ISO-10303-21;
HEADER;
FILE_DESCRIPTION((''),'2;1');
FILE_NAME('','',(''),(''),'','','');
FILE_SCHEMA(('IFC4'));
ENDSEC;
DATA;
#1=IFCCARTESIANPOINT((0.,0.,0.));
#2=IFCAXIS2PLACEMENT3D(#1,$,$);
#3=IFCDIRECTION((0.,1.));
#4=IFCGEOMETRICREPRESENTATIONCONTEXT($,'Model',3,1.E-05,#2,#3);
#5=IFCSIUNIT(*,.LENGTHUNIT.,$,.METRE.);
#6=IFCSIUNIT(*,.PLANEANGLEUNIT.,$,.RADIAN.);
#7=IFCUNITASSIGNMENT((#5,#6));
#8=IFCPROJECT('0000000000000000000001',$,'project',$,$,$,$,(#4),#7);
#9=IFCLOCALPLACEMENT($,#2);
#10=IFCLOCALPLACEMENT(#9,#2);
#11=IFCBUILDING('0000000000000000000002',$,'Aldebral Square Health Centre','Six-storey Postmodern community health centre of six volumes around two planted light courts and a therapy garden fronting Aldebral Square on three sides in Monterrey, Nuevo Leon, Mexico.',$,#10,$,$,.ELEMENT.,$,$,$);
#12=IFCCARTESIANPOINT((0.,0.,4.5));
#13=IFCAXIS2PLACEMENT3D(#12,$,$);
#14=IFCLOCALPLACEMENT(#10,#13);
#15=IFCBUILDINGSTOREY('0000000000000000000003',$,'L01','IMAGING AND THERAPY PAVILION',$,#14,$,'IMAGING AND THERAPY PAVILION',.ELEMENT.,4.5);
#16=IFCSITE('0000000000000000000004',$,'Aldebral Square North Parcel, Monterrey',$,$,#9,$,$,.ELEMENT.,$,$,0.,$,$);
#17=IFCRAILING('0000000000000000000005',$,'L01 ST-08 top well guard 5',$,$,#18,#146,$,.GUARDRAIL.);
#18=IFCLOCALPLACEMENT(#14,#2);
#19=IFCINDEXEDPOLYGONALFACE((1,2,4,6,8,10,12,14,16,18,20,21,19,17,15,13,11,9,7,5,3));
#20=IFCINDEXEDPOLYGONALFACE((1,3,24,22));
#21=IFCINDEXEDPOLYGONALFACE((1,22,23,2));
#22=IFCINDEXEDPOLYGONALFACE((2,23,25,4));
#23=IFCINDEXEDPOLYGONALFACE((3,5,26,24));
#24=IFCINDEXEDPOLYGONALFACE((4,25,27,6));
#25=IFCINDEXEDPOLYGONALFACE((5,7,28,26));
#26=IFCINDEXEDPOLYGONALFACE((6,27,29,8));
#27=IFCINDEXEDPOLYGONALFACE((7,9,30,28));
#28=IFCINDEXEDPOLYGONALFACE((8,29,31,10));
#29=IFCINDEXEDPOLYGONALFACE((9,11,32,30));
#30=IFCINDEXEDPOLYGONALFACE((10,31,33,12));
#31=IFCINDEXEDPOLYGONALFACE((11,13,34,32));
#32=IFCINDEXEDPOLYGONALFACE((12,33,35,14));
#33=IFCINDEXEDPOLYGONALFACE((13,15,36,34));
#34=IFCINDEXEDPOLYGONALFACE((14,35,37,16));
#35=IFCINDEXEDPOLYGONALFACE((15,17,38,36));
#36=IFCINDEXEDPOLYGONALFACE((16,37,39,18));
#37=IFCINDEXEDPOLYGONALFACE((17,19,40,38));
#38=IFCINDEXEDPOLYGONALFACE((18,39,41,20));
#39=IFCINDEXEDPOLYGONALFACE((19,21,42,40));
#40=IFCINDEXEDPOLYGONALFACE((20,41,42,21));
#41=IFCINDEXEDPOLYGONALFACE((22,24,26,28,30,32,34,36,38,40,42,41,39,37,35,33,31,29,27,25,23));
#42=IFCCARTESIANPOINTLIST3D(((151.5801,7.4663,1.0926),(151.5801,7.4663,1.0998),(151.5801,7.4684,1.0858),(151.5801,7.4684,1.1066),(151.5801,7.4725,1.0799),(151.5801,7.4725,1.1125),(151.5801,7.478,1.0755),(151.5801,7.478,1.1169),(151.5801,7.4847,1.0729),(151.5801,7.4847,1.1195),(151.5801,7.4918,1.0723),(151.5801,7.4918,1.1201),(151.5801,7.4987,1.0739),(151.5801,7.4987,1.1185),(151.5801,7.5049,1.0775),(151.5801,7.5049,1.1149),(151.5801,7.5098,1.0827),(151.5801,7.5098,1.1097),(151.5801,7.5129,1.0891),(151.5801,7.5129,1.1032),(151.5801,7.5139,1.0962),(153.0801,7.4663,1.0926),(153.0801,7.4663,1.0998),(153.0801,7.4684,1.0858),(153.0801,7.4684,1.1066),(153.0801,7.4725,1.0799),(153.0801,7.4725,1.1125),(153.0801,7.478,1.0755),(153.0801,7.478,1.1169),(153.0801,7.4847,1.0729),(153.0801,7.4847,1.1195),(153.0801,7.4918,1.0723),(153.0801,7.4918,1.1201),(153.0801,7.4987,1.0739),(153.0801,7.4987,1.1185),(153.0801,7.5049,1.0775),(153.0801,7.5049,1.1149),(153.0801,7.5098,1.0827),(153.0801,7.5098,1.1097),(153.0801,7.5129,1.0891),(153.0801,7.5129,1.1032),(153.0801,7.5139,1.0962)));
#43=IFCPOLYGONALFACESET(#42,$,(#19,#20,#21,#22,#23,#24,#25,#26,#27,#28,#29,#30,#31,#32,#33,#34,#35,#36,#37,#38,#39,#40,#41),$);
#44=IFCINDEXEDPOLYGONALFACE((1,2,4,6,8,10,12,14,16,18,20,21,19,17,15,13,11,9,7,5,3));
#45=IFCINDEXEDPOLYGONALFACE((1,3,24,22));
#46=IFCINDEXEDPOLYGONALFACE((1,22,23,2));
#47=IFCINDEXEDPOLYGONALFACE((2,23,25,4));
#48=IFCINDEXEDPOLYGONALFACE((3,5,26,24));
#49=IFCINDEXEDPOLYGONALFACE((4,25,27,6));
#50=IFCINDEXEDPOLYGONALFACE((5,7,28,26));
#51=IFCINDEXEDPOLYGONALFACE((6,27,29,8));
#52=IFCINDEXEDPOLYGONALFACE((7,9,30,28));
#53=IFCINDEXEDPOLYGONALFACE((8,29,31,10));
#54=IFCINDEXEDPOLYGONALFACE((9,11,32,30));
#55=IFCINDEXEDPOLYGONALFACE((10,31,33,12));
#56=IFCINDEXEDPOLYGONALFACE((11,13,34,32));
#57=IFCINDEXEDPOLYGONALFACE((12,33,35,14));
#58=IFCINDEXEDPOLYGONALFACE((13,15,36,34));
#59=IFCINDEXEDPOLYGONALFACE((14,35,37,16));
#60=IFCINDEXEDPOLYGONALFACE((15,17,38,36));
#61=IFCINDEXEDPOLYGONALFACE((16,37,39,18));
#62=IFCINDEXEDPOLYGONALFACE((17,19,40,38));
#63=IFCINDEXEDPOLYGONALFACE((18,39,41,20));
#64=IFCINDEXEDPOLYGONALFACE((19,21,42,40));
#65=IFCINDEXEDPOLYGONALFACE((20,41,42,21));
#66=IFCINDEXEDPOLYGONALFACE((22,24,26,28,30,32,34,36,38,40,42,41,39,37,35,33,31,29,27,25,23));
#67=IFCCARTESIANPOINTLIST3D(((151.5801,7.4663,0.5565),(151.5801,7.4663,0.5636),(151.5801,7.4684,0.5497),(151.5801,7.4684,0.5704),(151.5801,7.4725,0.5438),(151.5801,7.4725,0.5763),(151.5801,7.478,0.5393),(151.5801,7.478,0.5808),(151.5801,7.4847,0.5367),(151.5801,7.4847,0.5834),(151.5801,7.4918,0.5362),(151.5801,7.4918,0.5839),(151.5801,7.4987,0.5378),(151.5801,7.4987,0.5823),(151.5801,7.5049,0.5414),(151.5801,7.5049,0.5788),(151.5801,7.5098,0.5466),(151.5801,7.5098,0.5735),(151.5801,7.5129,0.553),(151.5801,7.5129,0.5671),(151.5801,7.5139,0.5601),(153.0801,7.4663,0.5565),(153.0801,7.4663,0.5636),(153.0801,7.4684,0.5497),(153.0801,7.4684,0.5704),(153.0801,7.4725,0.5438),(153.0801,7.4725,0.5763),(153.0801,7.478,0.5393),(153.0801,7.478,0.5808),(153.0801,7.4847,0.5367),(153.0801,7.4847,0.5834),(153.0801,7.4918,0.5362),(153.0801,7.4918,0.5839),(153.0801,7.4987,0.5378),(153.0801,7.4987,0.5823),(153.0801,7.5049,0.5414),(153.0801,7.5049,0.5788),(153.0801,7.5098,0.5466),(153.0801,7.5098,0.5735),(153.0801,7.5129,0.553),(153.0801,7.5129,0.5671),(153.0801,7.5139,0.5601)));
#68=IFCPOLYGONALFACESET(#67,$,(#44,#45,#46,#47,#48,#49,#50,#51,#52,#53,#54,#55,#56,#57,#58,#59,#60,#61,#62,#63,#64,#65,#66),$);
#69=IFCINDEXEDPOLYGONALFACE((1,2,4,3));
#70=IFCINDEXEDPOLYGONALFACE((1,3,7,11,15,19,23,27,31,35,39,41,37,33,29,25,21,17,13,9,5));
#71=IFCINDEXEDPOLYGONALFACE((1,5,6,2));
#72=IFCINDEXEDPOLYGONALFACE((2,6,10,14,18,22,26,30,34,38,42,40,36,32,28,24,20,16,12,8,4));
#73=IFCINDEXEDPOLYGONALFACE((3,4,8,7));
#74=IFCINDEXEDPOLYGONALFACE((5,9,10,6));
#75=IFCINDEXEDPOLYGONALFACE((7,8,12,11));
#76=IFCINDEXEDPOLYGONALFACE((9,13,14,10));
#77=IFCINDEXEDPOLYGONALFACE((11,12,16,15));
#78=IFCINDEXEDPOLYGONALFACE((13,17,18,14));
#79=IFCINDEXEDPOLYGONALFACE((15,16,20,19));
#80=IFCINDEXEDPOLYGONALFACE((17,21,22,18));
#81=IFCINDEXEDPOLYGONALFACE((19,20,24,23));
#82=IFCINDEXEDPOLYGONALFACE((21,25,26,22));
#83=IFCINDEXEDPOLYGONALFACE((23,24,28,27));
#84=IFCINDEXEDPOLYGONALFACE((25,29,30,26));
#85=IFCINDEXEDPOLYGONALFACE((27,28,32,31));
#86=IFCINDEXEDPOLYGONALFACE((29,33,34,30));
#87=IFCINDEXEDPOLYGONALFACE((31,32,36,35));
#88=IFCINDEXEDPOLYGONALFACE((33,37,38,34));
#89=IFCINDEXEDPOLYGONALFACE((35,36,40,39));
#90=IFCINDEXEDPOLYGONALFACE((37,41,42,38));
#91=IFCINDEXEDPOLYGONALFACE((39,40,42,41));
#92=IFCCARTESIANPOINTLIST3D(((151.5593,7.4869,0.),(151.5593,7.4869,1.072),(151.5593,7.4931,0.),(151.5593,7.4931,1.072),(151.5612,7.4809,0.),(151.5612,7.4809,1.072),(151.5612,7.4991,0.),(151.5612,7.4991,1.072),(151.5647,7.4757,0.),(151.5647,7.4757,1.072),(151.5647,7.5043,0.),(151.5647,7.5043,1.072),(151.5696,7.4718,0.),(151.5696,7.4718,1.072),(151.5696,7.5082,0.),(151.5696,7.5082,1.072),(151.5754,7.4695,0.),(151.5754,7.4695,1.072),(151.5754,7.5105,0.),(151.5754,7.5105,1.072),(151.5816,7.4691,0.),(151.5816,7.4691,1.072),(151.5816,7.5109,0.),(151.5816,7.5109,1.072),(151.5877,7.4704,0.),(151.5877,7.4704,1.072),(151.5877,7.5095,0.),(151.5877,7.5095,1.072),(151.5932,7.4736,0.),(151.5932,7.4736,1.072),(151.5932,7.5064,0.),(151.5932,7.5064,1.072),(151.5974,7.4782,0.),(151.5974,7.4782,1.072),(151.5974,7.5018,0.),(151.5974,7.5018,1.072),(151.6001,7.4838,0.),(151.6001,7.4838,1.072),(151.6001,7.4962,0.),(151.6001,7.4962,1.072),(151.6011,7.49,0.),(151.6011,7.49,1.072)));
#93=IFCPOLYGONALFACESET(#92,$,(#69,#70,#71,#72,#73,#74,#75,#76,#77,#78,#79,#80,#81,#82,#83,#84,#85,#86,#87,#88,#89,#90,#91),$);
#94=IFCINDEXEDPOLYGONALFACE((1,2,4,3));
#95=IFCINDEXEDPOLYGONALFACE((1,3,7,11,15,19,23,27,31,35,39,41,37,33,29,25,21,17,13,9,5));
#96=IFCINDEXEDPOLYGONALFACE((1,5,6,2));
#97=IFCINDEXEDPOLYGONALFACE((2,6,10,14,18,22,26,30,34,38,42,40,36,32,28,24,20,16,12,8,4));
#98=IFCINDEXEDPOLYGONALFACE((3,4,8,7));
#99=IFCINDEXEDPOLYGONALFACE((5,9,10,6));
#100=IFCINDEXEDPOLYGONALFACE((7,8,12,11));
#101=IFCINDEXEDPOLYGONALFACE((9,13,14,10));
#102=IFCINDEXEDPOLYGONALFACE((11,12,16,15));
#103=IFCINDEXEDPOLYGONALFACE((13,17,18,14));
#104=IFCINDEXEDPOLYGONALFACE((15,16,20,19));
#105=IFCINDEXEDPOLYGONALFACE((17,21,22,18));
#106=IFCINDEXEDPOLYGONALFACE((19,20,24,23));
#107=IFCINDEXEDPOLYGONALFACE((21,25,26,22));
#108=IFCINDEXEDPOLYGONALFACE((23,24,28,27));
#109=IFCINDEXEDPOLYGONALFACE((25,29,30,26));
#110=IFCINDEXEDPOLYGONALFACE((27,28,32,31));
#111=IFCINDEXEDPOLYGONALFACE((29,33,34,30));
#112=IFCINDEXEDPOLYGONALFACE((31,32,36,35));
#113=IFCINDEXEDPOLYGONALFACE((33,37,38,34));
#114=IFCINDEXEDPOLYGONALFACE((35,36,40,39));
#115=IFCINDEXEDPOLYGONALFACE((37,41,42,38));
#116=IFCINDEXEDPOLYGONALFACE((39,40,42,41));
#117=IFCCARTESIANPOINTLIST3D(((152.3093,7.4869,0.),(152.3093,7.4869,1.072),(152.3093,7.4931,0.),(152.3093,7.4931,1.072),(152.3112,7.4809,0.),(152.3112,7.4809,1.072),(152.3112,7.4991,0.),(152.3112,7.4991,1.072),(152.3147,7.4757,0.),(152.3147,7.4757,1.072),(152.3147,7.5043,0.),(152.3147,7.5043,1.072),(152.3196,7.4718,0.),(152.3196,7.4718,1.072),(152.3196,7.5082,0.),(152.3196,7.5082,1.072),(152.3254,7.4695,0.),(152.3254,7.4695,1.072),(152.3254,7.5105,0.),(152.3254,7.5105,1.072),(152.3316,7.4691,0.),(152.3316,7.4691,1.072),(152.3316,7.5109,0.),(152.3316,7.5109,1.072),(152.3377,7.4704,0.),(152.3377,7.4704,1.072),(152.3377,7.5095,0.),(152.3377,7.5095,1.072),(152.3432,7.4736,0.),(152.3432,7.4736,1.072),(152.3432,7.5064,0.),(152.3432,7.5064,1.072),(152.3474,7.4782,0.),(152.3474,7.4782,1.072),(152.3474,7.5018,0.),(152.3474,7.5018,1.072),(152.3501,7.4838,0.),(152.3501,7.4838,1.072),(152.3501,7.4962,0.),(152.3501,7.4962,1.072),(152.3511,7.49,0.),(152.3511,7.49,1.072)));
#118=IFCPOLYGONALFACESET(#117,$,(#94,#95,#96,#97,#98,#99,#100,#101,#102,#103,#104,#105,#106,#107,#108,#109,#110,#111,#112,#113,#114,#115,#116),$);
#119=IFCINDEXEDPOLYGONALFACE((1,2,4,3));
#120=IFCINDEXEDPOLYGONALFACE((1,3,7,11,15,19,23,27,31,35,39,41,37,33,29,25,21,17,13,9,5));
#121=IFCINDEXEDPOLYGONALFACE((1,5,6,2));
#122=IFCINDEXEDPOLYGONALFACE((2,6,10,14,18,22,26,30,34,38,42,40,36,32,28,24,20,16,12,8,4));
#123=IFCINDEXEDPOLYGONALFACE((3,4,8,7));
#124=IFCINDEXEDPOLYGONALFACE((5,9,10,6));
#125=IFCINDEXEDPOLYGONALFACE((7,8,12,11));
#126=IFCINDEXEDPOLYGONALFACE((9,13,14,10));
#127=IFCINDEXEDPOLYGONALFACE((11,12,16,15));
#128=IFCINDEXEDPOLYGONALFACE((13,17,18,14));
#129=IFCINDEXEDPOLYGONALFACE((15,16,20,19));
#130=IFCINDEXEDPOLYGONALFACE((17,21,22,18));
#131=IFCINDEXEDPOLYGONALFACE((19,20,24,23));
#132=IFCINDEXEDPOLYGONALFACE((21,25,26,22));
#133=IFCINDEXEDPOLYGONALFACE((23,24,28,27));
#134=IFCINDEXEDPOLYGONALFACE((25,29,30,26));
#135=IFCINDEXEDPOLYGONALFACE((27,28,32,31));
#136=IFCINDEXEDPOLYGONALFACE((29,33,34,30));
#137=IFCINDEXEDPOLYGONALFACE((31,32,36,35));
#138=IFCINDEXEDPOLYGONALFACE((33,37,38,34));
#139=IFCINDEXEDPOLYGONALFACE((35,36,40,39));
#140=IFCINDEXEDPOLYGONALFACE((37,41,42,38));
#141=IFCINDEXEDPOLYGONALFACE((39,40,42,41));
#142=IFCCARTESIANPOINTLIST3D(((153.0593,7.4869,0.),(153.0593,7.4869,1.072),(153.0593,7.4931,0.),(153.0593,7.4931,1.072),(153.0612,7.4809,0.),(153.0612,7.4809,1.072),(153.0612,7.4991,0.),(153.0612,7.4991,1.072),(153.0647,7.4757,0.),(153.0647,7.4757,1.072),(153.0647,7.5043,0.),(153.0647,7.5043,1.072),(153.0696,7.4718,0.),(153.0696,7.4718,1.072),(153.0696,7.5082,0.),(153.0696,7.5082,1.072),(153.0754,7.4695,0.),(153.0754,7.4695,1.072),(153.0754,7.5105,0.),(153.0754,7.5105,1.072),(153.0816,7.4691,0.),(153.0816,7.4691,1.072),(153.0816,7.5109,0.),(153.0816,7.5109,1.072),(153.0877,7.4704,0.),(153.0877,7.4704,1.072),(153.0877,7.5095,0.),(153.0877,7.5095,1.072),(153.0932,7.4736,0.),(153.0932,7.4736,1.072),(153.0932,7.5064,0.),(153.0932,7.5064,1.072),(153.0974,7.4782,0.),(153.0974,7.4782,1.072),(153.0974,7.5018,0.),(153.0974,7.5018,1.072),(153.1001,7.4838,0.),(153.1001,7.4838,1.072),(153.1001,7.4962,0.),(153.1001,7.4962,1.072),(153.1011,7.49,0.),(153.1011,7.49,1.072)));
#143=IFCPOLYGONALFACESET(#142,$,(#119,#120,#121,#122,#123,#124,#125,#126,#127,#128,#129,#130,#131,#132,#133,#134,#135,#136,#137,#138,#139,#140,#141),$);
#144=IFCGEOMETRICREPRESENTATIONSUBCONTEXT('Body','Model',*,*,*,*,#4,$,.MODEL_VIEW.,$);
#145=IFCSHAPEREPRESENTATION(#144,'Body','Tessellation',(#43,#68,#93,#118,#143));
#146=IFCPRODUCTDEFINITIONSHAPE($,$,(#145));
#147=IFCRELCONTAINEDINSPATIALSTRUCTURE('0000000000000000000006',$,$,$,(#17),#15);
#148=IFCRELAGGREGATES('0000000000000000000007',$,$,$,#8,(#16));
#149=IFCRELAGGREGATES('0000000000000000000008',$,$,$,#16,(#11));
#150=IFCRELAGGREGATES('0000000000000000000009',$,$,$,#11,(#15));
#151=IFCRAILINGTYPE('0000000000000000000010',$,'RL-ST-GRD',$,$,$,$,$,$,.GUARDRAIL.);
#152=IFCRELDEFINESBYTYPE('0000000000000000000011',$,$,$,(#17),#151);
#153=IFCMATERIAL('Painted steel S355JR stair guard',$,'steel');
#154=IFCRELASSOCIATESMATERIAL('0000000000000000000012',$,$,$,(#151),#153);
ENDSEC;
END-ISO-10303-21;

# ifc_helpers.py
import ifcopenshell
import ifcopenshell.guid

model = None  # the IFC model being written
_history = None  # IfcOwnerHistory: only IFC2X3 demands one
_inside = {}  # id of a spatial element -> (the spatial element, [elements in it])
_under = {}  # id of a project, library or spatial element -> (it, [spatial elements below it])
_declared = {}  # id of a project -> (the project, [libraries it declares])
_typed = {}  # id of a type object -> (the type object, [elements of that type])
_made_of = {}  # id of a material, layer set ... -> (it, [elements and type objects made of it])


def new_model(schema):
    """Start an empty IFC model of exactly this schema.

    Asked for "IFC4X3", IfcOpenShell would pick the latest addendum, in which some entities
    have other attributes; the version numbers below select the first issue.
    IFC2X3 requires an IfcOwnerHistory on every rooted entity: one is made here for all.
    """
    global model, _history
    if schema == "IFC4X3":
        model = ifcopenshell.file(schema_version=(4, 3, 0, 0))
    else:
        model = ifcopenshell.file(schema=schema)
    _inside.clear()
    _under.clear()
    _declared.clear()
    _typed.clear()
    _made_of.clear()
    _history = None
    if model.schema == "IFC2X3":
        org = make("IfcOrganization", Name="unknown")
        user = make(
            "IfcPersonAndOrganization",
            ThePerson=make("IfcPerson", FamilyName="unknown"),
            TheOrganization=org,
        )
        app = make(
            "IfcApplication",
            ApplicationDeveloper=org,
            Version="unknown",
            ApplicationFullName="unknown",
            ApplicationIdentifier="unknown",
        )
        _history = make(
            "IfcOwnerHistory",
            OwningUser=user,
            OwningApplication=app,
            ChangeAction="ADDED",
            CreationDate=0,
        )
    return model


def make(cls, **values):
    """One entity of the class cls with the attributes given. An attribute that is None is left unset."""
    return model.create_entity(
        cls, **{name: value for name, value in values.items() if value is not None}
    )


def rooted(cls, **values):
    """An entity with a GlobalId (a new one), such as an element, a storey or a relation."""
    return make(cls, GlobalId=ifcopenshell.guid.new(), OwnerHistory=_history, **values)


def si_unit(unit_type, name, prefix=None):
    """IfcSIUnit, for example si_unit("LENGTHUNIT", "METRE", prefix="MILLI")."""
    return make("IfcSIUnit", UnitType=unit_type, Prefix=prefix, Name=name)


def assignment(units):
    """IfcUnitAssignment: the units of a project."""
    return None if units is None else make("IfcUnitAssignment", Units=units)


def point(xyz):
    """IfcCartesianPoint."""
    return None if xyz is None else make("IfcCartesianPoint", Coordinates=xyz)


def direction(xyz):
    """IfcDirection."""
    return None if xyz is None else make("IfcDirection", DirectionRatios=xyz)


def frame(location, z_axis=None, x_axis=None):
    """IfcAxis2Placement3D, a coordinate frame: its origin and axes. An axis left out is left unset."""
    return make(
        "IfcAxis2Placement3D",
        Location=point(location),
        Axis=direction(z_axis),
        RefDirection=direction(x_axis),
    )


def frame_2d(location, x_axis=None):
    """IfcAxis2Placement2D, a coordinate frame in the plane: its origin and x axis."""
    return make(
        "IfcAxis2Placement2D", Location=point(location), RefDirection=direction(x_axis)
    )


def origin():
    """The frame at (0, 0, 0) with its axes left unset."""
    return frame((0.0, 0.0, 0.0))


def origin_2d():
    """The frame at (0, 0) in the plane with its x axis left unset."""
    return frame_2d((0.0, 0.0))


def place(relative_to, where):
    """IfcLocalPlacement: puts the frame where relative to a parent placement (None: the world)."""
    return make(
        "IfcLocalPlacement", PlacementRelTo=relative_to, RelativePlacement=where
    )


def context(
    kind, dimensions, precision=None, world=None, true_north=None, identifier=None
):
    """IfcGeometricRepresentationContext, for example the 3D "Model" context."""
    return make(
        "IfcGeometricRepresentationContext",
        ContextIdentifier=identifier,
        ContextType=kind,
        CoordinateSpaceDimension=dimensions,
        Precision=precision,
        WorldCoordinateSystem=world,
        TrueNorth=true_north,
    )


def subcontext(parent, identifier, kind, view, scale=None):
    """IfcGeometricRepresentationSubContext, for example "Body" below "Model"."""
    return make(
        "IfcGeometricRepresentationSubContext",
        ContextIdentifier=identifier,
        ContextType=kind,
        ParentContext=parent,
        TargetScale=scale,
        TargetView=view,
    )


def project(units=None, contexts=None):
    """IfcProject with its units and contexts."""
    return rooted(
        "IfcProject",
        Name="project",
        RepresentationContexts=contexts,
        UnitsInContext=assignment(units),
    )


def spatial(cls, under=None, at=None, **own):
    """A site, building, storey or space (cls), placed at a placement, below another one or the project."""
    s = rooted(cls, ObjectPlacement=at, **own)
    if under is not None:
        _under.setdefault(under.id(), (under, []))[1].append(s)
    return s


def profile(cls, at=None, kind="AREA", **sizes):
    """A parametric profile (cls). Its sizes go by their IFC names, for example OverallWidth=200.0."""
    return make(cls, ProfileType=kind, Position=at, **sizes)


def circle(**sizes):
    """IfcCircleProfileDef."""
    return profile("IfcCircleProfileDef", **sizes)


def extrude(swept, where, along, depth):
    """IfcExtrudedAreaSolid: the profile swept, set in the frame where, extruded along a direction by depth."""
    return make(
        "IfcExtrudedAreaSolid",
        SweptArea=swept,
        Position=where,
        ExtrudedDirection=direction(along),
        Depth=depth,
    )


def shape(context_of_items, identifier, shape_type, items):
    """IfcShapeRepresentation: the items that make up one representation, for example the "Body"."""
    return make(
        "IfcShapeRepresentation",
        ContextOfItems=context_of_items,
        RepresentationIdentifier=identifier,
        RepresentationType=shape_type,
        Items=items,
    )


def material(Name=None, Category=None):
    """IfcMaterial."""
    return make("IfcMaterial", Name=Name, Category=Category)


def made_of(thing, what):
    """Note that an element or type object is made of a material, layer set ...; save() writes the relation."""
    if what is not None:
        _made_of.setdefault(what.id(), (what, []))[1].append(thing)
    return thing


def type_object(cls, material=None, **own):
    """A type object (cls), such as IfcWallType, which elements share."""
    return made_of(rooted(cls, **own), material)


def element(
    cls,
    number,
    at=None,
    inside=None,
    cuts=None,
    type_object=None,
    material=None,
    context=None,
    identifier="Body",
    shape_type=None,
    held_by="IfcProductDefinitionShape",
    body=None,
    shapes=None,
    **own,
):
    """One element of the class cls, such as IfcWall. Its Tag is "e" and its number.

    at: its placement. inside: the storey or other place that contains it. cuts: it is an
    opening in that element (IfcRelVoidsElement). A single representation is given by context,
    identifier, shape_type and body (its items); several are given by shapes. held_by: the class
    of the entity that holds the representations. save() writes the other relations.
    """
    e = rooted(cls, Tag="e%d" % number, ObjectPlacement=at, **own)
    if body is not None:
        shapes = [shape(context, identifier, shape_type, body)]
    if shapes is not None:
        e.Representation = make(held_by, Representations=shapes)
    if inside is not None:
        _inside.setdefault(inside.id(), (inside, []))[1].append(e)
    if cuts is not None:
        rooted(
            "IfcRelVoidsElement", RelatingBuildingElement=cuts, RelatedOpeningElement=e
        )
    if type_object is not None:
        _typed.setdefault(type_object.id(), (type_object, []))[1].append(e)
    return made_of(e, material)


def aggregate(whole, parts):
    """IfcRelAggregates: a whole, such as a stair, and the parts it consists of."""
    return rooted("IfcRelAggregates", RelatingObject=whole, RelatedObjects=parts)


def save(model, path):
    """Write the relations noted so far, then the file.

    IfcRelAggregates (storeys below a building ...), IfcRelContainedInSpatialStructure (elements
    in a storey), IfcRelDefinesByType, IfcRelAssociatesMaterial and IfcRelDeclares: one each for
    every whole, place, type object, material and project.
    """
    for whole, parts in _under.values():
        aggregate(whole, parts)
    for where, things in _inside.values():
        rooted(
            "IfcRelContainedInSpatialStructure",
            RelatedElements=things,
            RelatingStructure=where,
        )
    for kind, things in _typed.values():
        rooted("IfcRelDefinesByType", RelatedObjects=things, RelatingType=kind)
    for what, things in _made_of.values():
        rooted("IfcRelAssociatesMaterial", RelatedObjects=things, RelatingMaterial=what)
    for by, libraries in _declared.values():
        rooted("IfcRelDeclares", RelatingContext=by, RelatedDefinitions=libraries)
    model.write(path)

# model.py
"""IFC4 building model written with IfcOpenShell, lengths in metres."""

from ifc_helpers import new_model, si_unit, direction, frame, origin, origin_2d, place, context, subcontext, project, spatial, circle, extrude, material, type_object, element, save


model = new_model("IFC4")

# Units and contexts
model_context = context("Model", 3, precision=1e-05, world=origin(), true_north=direction((0.0, 1.0)))
body_context = subcontext(model_context, "Body", "Model", "MODEL_VIEW")
ifc_project = project(units=[si_unit("LENGTHUNIT", "METRE"), si_unit("PLANEANGLEUNIT", "RADIAN")], contexts=[model_context])

# Site, building, storey
site_placement = place(None, origin())
site = spatial("IfcSite", under=ifc_project, at=site_placement, Name="Aldebral Square North Parcel, Monterrey", CompositionType="ELEMENT", RefElevation=0.0)
building_placement = place(site_placement, origin())
building = spatial("IfcBuilding", under=site, at=building_placement, Name="Aldebral Square Health Centre", Description="Six-storey Postmodern community health centre of six volumes around two planted light courts and a therapy garden fronting Aldebral Square on three sides in Monterrey, Nuevo Leon, Mexico.", CompositionType="ELEMENT")
storey_placement = place(building_placement, frame((0.0, 0.0, 4.5)))
storey = spatial("IfcBuildingStorey", under=building, at=storey_placement, Name="L01", Description="IMAGING AND THERAPY PAVILION", LongName="IMAGING AND THERAPY PAVILION", CompositionType="ELEMENT", Elevation=4.5)

# Railing
ifc_material_1 = material(Name="Painted steel S355JR stair guard", Category="steel")
railing_type = type_object("IfcRailingType", Name="RL-ST-GRD", PredefinedType="GUARDRAIL", material=ifc_material_1)
for number, where, name in (
    (1, (151.5801, 7.49, 0.0), "L01 ST-08 top well guard 5"),
):
    element("IfcRailing", number, at=place(storey_placement, frame(where)), inside=storey, type_object=railing_type, Name=name, PredefinedType="GUARDRAIL", context=body_context, shape_type="SweptSolid", body=[
        extrude(circle(Radius=0.0239, at=origin_2d()), frame((0.0, 0.0, 1.0962), z_axis=(1.0, 0.0, 0.0), x_axis=(0.0, 1.0, 0.0)), (0.0, 0.0, 1.0), 1.5),
        extrude(circle(Radius=0.0239, at=origin_2d()), frame((0.0, 0.0, 0.5601), z_axis=(1.0, 0.0, 0.0), x_axis=(0.0, 1.0, 0.0)), (0.0, 0.0, 1.0), 1.5),
        extrude(circle(Radius=0.021, at=origin_2d()), origin(), (0.0, 0.0, 1.0), 1.072),
        extrude(circle(Radius=0.021, at=origin_2d()), frame((0.75, 0.0, 0.0)), (0.0, 0.0, 1.0), 1.072),
        extrude(circle(Radius=0.021, at=origin_2d()), frame((1.5, 0.0, 0.0)), (0.0, 0.0, 1.0), 1.072),
    ])

save(model, "model.ifc")
